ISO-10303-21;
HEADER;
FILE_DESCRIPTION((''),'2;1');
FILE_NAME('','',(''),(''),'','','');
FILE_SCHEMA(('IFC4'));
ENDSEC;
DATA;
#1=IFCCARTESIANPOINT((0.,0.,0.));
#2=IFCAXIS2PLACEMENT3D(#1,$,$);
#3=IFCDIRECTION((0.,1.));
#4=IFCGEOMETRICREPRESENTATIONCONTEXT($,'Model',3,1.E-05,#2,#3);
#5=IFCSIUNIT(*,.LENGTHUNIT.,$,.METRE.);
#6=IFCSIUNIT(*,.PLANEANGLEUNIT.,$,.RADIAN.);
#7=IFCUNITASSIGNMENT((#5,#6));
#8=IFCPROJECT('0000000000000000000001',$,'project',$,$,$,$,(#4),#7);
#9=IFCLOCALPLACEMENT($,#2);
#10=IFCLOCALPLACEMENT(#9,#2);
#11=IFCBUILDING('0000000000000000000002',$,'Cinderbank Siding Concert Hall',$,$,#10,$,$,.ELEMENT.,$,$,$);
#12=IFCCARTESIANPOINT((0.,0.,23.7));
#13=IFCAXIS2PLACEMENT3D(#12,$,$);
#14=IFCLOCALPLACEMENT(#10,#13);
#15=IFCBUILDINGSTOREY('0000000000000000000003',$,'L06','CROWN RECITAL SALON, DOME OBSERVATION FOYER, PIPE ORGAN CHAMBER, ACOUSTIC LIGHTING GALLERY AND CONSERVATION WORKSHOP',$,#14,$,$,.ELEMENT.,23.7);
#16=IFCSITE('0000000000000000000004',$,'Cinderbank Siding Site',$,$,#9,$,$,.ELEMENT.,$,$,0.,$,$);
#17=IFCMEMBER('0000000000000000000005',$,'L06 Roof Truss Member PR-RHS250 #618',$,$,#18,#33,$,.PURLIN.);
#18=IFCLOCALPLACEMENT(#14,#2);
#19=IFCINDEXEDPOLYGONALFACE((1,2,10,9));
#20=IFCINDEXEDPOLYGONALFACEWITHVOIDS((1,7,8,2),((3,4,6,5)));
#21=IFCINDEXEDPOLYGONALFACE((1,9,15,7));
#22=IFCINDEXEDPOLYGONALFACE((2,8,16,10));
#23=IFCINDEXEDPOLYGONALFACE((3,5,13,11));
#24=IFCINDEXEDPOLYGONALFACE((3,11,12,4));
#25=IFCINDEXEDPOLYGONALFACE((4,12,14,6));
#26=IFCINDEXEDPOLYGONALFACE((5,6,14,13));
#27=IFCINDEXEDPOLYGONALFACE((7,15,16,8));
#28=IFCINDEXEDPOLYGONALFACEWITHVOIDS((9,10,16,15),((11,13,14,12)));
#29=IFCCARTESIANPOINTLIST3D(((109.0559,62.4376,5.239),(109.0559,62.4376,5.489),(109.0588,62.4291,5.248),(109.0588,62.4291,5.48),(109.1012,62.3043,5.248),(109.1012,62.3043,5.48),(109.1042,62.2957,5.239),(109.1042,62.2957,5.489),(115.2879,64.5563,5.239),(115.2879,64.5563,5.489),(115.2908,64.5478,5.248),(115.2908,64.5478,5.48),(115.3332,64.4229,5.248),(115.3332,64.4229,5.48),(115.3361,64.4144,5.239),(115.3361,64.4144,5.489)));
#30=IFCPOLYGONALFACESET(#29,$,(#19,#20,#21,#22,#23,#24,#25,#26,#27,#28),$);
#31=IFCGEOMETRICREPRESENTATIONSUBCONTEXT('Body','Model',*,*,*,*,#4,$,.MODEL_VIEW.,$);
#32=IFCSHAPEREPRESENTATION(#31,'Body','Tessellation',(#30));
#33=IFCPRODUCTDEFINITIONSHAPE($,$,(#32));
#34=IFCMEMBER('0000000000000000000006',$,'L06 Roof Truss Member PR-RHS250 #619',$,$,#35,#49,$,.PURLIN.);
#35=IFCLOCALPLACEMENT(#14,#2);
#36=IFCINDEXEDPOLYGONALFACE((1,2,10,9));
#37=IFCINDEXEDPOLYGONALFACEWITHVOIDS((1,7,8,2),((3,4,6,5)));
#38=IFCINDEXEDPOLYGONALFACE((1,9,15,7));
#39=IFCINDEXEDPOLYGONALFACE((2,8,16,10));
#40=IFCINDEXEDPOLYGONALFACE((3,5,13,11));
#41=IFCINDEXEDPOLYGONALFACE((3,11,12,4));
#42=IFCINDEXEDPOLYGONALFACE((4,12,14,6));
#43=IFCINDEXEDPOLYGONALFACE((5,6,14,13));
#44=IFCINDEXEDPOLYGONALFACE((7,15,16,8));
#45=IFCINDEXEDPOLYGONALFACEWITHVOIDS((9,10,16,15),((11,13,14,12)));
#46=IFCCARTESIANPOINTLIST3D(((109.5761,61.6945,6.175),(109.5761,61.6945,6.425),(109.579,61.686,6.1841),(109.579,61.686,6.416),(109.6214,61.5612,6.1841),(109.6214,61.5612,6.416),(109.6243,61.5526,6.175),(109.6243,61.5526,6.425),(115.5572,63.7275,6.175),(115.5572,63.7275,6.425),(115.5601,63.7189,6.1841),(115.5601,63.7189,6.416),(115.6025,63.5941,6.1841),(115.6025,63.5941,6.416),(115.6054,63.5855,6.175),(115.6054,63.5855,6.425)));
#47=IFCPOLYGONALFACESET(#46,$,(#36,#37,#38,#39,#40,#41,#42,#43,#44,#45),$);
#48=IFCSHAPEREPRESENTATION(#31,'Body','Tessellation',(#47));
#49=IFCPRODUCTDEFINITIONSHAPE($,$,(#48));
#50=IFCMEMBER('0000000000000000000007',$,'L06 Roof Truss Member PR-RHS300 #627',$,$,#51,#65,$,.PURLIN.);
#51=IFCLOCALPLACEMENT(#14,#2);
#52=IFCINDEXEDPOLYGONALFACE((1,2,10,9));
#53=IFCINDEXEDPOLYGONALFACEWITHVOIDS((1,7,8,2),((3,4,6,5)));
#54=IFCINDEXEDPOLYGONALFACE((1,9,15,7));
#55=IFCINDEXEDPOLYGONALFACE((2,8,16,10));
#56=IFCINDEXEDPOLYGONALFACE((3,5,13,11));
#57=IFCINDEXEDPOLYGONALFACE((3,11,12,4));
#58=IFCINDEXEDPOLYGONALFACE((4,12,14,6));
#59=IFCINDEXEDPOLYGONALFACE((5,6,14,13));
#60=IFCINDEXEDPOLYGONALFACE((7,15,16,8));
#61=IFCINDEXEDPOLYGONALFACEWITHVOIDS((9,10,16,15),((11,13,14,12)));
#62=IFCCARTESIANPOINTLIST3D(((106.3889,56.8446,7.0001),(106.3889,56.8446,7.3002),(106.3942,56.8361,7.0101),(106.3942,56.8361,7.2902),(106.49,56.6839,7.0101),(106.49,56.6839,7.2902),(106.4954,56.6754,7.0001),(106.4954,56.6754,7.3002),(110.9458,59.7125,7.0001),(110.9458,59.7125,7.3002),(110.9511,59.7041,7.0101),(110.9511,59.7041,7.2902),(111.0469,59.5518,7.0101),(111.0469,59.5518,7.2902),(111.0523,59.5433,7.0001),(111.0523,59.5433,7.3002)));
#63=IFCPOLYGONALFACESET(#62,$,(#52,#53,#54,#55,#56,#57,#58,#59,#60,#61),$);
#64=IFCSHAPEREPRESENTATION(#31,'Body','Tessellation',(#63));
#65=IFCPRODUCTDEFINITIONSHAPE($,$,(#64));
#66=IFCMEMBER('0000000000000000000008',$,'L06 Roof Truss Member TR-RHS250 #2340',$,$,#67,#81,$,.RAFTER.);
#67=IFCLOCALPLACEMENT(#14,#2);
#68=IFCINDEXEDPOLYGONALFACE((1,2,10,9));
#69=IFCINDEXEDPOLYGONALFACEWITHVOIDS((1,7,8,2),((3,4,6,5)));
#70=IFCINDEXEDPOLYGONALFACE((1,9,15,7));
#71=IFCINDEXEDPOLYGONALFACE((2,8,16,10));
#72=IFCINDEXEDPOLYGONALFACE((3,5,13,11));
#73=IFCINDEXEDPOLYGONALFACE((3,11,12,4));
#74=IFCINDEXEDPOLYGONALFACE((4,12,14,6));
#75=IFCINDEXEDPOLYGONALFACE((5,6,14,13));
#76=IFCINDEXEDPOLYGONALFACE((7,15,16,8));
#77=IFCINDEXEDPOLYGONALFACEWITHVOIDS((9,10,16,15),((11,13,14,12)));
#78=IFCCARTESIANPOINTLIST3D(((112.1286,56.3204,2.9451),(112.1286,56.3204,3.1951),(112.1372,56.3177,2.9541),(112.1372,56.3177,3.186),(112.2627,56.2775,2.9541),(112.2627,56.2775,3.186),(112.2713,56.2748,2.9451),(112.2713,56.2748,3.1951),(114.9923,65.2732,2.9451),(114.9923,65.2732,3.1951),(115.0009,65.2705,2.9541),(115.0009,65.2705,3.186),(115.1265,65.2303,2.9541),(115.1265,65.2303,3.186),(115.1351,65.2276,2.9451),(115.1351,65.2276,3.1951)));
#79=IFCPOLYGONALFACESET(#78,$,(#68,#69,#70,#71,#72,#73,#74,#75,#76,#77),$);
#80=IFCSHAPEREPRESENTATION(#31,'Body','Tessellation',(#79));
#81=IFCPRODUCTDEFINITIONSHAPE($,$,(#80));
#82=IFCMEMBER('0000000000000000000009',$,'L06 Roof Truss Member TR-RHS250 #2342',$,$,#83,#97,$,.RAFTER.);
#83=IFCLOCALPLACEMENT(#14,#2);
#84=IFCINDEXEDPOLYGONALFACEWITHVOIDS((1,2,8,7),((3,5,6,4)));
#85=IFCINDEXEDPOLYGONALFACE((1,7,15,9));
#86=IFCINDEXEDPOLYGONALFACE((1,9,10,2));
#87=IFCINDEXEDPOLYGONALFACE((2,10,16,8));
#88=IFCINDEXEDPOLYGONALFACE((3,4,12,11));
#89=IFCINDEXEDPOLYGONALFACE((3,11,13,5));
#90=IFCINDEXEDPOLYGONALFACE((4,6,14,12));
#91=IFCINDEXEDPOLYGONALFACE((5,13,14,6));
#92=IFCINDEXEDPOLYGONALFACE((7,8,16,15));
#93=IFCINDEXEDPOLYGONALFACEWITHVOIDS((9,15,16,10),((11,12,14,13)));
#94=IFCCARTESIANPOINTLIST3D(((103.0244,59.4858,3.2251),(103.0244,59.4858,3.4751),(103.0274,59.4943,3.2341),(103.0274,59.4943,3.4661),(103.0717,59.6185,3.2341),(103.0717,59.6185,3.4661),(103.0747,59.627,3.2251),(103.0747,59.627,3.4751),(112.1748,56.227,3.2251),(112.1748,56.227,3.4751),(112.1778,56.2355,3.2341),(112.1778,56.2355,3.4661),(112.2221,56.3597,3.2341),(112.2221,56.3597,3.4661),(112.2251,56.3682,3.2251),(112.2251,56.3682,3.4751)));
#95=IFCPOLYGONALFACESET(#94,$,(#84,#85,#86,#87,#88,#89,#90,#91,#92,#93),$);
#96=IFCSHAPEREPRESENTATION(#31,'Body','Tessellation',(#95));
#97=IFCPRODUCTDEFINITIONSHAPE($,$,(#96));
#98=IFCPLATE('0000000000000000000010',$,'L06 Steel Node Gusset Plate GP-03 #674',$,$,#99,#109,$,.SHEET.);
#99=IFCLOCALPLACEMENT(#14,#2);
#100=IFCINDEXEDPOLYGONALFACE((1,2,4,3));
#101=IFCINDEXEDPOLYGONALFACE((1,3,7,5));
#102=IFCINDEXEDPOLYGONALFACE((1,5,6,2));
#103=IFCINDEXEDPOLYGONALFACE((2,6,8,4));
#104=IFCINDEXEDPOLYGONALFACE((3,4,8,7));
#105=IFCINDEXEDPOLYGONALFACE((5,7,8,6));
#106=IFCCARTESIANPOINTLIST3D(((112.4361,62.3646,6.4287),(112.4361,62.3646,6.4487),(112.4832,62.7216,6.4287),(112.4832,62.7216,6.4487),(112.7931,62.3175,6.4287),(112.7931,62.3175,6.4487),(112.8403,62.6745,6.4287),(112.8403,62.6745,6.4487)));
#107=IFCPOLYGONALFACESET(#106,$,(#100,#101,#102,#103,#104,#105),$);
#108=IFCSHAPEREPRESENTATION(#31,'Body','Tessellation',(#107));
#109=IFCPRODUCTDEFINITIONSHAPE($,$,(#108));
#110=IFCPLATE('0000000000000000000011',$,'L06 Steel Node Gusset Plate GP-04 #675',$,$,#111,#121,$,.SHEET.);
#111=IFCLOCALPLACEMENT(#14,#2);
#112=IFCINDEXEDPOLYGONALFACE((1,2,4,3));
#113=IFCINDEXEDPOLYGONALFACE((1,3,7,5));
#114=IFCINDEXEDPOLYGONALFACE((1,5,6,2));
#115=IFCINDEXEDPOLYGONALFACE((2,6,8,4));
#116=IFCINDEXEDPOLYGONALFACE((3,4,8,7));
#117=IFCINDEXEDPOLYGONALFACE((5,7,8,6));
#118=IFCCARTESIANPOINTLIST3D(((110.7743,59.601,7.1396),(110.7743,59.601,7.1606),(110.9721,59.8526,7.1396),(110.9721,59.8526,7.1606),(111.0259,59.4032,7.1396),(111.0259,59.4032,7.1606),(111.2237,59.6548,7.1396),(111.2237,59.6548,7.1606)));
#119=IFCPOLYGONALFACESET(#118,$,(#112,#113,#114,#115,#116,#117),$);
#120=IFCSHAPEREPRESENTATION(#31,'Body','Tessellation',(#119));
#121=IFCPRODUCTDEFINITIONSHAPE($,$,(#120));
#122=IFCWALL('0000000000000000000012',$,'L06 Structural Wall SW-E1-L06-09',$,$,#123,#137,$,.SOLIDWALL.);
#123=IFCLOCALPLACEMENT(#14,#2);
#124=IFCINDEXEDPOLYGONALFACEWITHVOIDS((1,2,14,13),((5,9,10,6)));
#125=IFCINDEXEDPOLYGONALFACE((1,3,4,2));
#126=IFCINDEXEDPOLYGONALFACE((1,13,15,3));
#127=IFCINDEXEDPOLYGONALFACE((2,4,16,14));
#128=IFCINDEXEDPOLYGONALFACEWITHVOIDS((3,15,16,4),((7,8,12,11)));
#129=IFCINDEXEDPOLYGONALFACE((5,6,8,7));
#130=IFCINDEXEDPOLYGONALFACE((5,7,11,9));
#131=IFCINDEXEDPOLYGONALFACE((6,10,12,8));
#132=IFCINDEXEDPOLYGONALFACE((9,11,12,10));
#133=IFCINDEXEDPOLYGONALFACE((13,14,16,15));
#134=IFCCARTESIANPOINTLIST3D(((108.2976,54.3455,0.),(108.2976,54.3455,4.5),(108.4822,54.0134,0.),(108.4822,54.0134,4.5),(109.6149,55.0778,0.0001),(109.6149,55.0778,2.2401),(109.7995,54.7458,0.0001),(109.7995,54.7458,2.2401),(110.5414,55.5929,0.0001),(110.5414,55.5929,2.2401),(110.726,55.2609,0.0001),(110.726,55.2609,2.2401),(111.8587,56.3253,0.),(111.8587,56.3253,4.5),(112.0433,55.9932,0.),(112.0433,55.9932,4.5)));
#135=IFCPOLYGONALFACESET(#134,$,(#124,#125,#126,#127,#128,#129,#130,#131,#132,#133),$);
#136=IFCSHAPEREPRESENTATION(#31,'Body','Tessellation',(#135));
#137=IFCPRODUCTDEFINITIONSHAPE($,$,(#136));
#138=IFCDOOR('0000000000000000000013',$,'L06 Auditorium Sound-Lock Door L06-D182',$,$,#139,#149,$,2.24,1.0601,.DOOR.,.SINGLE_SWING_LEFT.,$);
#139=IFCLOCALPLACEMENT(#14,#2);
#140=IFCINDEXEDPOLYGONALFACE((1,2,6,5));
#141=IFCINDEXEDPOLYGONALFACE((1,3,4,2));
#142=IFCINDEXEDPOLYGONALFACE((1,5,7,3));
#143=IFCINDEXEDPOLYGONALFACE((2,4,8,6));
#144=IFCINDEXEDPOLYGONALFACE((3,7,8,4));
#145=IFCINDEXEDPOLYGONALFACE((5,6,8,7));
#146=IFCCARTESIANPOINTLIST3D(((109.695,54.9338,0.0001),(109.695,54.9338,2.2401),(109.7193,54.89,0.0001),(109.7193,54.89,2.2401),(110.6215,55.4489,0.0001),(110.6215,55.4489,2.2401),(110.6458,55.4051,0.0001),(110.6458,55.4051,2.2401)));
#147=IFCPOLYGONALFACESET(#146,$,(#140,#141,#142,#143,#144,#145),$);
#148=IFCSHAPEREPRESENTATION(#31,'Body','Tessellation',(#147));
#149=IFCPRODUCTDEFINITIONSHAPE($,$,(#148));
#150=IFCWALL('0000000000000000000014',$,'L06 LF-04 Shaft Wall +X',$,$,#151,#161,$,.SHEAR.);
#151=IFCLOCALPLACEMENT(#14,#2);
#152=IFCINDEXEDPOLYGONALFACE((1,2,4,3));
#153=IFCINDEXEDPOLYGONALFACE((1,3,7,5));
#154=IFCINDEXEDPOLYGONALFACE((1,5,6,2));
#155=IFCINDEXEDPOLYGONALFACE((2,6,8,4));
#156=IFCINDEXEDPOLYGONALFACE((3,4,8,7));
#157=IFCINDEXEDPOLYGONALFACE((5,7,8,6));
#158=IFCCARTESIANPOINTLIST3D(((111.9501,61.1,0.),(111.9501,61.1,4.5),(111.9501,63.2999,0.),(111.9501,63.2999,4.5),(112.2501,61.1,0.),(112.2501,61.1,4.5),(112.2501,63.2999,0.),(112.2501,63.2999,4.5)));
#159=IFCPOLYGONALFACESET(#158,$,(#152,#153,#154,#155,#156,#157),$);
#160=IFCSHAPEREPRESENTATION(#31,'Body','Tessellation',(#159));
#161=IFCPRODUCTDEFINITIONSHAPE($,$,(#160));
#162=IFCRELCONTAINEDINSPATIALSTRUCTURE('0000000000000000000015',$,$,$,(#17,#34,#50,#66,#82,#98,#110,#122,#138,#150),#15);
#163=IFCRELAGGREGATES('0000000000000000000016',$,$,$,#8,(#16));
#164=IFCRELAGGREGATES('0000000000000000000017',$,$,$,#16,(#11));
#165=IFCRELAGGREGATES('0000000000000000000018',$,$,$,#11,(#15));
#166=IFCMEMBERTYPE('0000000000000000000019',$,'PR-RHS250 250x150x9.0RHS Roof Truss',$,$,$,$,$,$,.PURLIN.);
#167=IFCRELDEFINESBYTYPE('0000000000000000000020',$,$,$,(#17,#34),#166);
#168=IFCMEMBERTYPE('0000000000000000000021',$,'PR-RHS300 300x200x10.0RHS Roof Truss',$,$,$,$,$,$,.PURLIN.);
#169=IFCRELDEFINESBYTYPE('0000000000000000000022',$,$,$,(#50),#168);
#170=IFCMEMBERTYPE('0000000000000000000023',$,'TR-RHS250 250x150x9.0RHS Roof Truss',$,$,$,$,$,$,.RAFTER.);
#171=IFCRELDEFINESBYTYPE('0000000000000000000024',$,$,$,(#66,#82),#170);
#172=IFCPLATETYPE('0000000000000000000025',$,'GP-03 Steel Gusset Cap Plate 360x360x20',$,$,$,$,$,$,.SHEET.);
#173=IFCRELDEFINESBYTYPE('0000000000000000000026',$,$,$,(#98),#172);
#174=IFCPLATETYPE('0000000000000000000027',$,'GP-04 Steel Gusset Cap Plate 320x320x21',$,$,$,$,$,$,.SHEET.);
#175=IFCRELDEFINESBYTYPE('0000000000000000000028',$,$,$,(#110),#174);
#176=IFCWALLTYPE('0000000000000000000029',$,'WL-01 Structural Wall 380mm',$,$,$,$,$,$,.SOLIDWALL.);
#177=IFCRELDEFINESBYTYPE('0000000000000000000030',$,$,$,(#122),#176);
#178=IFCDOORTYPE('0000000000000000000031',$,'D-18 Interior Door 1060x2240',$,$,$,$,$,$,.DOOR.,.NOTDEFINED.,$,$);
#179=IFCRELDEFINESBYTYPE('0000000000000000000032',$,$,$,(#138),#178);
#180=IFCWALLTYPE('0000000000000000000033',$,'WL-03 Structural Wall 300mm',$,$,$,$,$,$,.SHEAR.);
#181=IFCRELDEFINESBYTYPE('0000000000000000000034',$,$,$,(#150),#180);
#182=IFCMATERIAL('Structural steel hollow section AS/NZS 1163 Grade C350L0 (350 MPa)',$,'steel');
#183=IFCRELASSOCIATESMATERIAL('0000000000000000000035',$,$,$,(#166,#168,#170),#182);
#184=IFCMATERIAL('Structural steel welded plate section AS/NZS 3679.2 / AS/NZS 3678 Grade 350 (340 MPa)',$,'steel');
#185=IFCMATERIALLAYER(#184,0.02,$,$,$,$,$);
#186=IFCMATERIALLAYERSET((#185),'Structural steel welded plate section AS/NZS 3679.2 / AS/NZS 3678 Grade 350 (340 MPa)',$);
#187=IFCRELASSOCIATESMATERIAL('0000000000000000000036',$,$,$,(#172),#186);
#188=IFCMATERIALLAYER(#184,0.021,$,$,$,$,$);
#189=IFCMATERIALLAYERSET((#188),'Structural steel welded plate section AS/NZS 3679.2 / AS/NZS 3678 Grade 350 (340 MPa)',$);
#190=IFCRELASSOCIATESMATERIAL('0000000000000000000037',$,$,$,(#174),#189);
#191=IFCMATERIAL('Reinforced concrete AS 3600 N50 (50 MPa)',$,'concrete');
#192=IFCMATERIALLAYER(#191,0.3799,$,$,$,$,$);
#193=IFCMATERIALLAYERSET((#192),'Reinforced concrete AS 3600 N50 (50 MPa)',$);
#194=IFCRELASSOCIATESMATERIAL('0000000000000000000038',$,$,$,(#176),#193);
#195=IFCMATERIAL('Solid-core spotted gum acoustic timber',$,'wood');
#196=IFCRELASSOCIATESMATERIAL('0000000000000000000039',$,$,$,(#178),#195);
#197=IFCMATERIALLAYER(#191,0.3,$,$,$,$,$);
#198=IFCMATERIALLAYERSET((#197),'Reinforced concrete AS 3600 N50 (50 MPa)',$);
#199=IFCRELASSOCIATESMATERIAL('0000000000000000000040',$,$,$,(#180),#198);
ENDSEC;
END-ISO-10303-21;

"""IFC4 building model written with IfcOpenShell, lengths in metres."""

from ifc_helpers import new_model, si_unit, direction, frame, frame_2d, origin, origin_2d, place, context, subcontext, project, spatial, rectangle, hollow_rectangle, extrude, material, layer, layer_set, material_profile, profile_set, type_object, element, fill, save


model = new_model("IFC4")

# Units and contexts
model_context = context("Model", 3, precision=1e-05, world=origin(), true_north=direction((0.0, 1.0)))
body_context = subcontext(model_context, "Body", "Model", "MODEL_VIEW")
ifc_project = project(units=[si_unit("LENGTHUNIT", "METRE"), si_unit("PLANEANGLEUNIT", "RADIAN")], contexts=[model_context])

# Site, building, storey
site_placement = place(None, origin())
site = spatial("IfcSite", under=ifc_project, at=site_placement, Name="Cinderbank Siding Site", CompositionType="ELEMENT", RefElevation=0.0)
building_placement = place(site_placement, origin())
building = spatial("IfcBuilding", under=site, at=building_placement, Name="Cinderbank Siding Concert Hall", CompositionType="ELEMENT")
storey_placement = place(building_placement, frame((0.0, 0.0, 23.7)))
storey = spatial("IfcBuildingStorey", under=building, at=storey_placement, Name="L06", Description="CROWN RECITAL SALON, DOME OBSERVATION FOYER, PIPE ORGAN CHAMBER, ACOUSTIC LIGHTING GALLERY AND CONSERVATION WORKSHOP", CompositionType="ELEMENT", Elevation=23.7)

# Shared definitions
ifc_material_1 = material(Name="Reinforced concrete AS 3600 N50 (50 MPa)", Category="concrete")

# Shared definitions
ifc_material_2 = material(Name="Structural steel welded plate section AS/NZS 3679.2 / AS/NZS 3678 Grade 350 (340 MPa)", Category="steel")

# Members
ifc_material_3 = material(Name="Structural steel hollow section AS/NZS 1163 Grade C350L0 (350 MPa)", Category="steel")
ifc_material_profile_1 = material_profile(ifc_material_3, hollow_rectangle(XDim=0.1499, YDim=0.25, WallThickness=0.009, at=origin_2d()), Name="250x150x9.0RHS", Category="LoadBearing")
ifc_profile_set_1 = profile_set([ifc_material_profile_1], Name="Structural steel hollow section AS/NZS 1163 Grade C350L0 (350 MPa)")
member_type_1 = type_object("IfcMemberType", Name="PR-RHS250 250x150x9.0RHS Roof Truss", PredefinedType="PURLIN", material=ifc_profile_set_1)
member_1_placement = place(storey_placement, frame((115.312, 64.4854, 5.364), z_axis=(-0.946782, -0.321875, 0.0), x_axis=(0.321875, -0.946782, 0.0)))
element("IfcMember", 1, at=member_1_placement, inside=storey, type_object=member_type_1, Name="L06 Roof Truss Member PR-RHS250 #618", PredefinedType="PURLIN", context=body_context, shape_type="SweptSolid", body=[
    extrude(hollow_rectangle(XDim=0.1499, YDim=0.25, WallThickness=0.009, at=origin_2d()), origin(), (0.0, 0.0, 1.0), 6.5823),
])
member_2_placement = place(storey_placement, frame((115.5813, 63.6565, 6.3), z_axis=(-0.946804, -0.321811, 0.0), x_axis=(0.321811, -0.946804, 0.0)))
element("IfcMember", 2, at=member_2_placement, inside=storey, type_object=member_type_1, Name="L06 Roof Truss Member PR-RHS250 #619", PredefinedType="PURLIN", context=body_context, shape_type="SweptSolid", body=[
    extrude(hollow_rectangle(XDim=0.1499, YDim=0.25, WallThickness=0.009, at=origin_2d()), origin(), (0.0, 0.0, 1.0), 6.3171),
])
ifc_material_profile_2 = material_profile(ifc_material_3, hollow_rectangle(XDim=0.2, YDim=0.3, WallThickness=0.01, at=origin_2d()), Name="300x200x10.0RHS", Category="LoadBearing")
ifc_profile_set_2 = profile_set([ifc_material_profile_2], Name="Structural steel hollow section AS/NZS 1163 Grade C350L0 (350 MPa)")
member_type_2 = type_object("IfcMemberType", Name="PR-RHS300 300x200x10.0RHS Roof Truss", PredefinedType="PURLIN", material=ifc_profile_set_2)
member_3_placement = place(storey_placement, frame((110.999, 59.6279, 7.1501), z_axis=(-0.846336, -0.53265, 0.0), x_axis=(0.53265, -0.846336, 0.0)))
element("IfcMember", 3, at=member_3_placement, inside=storey, type_object=member_type_2, Name="L06 Roof Truss Member PR-RHS300 #627", PredefinedType="PURLIN", context=body_context, shape_type="SweptSolid", body=[
    extrude(hollow_rectangle(XDim=0.2, YDim=0.3, WallThickness=0.01, at=origin_2d()), origin(), (0.0, 0.0, 1.0), 5.3843),
])
ifc_material_profile_3 = material_profile(ifc_material_3, hollow_rectangle(XDim=0.1499, YDim=0.25, WallThickness=0.009, at=origin_2d()), Name="250x150x9.0RHS", Category="LoadBearing")
ifc_profile_set_3 = profile_set([ifc_material_profile_3], Name="Structural steel hollow section AS/NZS 1163 Grade C350L0 (350 MPa)")
member_type_3 = type_object("IfcMemberType", Name="TR-RHS250 250x150x9.0RHS Roof Truss", PredefinedType="RAFTER", material=ifc_profile_set_3)
member_4_placement = place(storey_placement, frame((112.2, 56.2976, 3.0701), z_axis=(0.304665, 0.95246, 0.0), x_axis=(-0.95246, 0.304665, 0.0)))
element("IfcMember", 4, at=member_4_placement, inside=storey, type_object=member_type_3, Name="L06 Roof Truss Member TR-RHS250 #2340", PredefinedType="RAFTER", context=body_context, shape_type="SweptSolid", body=[
    extrude(hollow_rectangle(XDim=0.1499, YDim=0.25, WallThickness=0.009, at=origin_2d()), origin(), (0.0, 0.0, 1.0), 9.3997),
])
member_5_placement = place(storey_placement, frame((112.2, 56.2976, 3.3501), z_axis=(-0.942042, 0.335496, 0.0), x_axis=(-0.335496, -0.942042, 0.0)))
element("IfcMember", 5, at=member_5_placement, inside=storey, type_object=member_type_3, Name="L06 Roof Truss Member TR-RHS250 #2342", PredefinedType="RAFTER", context=body_context, shape_type="SweptSolid", body=[
    extrude(hollow_rectangle(XDim=0.1499, YDim=0.25, WallThickness=0.009, at=origin_2d()), origin(), (0.0, 0.0, 1.0), 9.7134),
])

# Plates
ifc_layer_1 = layer(ifc_material_2, 0.02)
ifc_layer_set_1 = layer_set([ifc_layer_1], Name="Structural steel welded plate section AS/NZS 3679.2 / AS/NZS 3678 Grade 350 (340 MPa)")
plate_type_1 = type_object("IfcPlateType", Name="GP-03 Steel Gusset Cap Plate 360x360x20", PredefinedType="SHEET", material=ifc_layer_set_1)
plate_1_placement = place(storey_placement, frame((112.6382, 62.5195, 6.4287), z_axis=(0.0, 0.0, 1.0), x_axis=(0.991399, -0.130872, 0.0)))
element("IfcPlate", 6, at=plate_1_placement, inside=storey, type_object=plate_type_1, Name="L06 Steel Node Gusset Plate GP-03 #674", PredefinedType="SHEET", context=body_context, shape_type="SweptSolid", body=[
    extrude(rectangle(XDim=0.3601, YDim=0.3601, at=origin_2d()), origin(), (0.0, 0.0, 1.0), 0.02),
])
ifc_layer_2 = layer(ifc_material_2, 0.021)
ifc_layer_set_2 = layer_set([ifc_layer_2], Name="Structural steel welded plate section AS/NZS 3679.2 / AS/NZS 3678 Grade 350 (340 MPa)")
plate_type_2 = type_object("IfcPlateType", Name="GP-04 Steel Gusset Cap Plate 320x320x21", PredefinedType="SHEET", material=ifc_layer_set_2)
plate_2_placement = place(storey_placement, frame((110.999, 59.6279, 7.1396), z_axis=(0.0, 0.0, 1.0), x_axis=(-0.617997, -0.786181, 0.0)))
element("IfcPlate", 7, at=plate_2_placement, inside=storey, type_object=plate_type_2, Name="L06 Steel Node Gusset Plate GP-04 #675", PredefinedType="SHEET", context=body_context, shape_type="SweptSolid", body=[
    extrude(rectangle(XDim=0.3201, YDim=0.3201, at=origin_2d()), origin(), (0.0, 0.0, 1.0), 0.021),
])

# Wall, opening, door
ifc_layer_3 = layer(ifc_material_1, 0.3799)
ifc_layer_set_3 = layer_set([ifc_layer_3], Name="Reinforced concrete AS 3600 N50 (50 MPa)")
wall_type_1 = type_object("IfcWallType", Name="WL-01 Structural Wall 380mm", PredefinedType="SOLIDWALL", material=ifc_layer_set_3)
wall_1_placement = place(storey_placement, frame((111.9509, 56.1592, 0.0), z_axis=(0.0, 0.0, 1.0), x_axis=(-0.874013, -0.485902, 0.0)))
wall_1 = element("IfcWall", 8, at=wall_1_placement, inside=storey, type_object=wall_type_1, Name="L06 Structural Wall SW-E1-L06-09", PredefinedType="SOLIDWALL", context=body_context, shape_type="SweptSolid", body=[
    extrude(rectangle(XDim=4.0745, YDim=0.3799, at=frame_2d((2.0371, 0.0))), origin(), (0.0, 0.0, 1.0), 4.5),
])
opening_1_placement = place(wall_1_placement, frame((1.5071, 0.0, 0.0)))
opening_1 = element("IfcOpeningElement", 9, at=opening_1_placement, cuts=wall_1, PredefinedType="OPENING", context=body_context, shape_type="SweptSolid", body=[
    extrude(rectangle(XDim=1.0601, YDim=2.24, at=frame_2d((0.53, 1.1201))), frame((0.0, 0.2019, 0.0), z_axis=(0.0, -1.0, 0.0), x_axis=(1.0, 0.0, 0.0)), (0.0, 0.0, 1.0), 0.4038),
])
ifc_material_4 = material(Name="Solid-core spotted gum acoustic timber", Category="wood")
door_type_1 = type_object("IfcDoorType", Name="D-18 Interior Door 1060x2240", OperationType="NOTDEFINED", PredefinedType="DOOR", material=ifc_material_4)
door_1_placement = place(opening_1_placement, origin())
door_1 = element("IfcDoor", 10, at=door_1_placement, inside=storey, type_object=door_type_1, Name="L06 Auditorium Sound-Lock Door L06-D182", OperationType="SINGLE_SWING_LEFT", OverallHeight=2.24, OverallWidth=1.0601, PredefinedType="DOOR", context=body_context, shape_type="SweptSolid", body=[
    extrude(rectangle(XDim=1.0601, YDim=2.24, at=frame_2d((0.53, 1.1201))), frame((0.0, 0.0249, 0.0), z_axis=(0.0, -1.0, 0.0), x_axis=(1.0, 0.0, 0.0)), (0.0, 0.0, 1.0), 0.05),
])
fill(opening_1, door_1)
ifc_layer_4 = layer(ifc_material_1, 0.3)
ifc_layer_set_4 = layer_set([ifc_layer_4], Name="Reinforced concrete AS 3600 N50 (50 MPa)")
wall_type_2 = type_object("IfcWallType", Name="WL-03 Structural Wall 300mm", PredefinedType="SHEAR", material=ifc_layer_set_4)

# Wall
wall_2_placement = place(storey_placement, frame((112.1001, 63.3, 0.0), z_axis=(0.0, 0.0, 1.0), x_axis=(0.0, -1.0, 0.0)))
element("IfcWall", 11, at=wall_2_placement, inside=storey, type_object=wall_type_2, Name="L06 LF-04 Shaft Wall +X", PredefinedType="SHEAR", context=body_context, shape_type="SweptSolid", body=[
    extrude(rectangle(XDim=2.2, YDim=0.3, at=frame_2d((1.1001, 0.0))), origin(), (0.0, 0.0, 1.0), 4.5),
])

save(model, "model.ifc")
